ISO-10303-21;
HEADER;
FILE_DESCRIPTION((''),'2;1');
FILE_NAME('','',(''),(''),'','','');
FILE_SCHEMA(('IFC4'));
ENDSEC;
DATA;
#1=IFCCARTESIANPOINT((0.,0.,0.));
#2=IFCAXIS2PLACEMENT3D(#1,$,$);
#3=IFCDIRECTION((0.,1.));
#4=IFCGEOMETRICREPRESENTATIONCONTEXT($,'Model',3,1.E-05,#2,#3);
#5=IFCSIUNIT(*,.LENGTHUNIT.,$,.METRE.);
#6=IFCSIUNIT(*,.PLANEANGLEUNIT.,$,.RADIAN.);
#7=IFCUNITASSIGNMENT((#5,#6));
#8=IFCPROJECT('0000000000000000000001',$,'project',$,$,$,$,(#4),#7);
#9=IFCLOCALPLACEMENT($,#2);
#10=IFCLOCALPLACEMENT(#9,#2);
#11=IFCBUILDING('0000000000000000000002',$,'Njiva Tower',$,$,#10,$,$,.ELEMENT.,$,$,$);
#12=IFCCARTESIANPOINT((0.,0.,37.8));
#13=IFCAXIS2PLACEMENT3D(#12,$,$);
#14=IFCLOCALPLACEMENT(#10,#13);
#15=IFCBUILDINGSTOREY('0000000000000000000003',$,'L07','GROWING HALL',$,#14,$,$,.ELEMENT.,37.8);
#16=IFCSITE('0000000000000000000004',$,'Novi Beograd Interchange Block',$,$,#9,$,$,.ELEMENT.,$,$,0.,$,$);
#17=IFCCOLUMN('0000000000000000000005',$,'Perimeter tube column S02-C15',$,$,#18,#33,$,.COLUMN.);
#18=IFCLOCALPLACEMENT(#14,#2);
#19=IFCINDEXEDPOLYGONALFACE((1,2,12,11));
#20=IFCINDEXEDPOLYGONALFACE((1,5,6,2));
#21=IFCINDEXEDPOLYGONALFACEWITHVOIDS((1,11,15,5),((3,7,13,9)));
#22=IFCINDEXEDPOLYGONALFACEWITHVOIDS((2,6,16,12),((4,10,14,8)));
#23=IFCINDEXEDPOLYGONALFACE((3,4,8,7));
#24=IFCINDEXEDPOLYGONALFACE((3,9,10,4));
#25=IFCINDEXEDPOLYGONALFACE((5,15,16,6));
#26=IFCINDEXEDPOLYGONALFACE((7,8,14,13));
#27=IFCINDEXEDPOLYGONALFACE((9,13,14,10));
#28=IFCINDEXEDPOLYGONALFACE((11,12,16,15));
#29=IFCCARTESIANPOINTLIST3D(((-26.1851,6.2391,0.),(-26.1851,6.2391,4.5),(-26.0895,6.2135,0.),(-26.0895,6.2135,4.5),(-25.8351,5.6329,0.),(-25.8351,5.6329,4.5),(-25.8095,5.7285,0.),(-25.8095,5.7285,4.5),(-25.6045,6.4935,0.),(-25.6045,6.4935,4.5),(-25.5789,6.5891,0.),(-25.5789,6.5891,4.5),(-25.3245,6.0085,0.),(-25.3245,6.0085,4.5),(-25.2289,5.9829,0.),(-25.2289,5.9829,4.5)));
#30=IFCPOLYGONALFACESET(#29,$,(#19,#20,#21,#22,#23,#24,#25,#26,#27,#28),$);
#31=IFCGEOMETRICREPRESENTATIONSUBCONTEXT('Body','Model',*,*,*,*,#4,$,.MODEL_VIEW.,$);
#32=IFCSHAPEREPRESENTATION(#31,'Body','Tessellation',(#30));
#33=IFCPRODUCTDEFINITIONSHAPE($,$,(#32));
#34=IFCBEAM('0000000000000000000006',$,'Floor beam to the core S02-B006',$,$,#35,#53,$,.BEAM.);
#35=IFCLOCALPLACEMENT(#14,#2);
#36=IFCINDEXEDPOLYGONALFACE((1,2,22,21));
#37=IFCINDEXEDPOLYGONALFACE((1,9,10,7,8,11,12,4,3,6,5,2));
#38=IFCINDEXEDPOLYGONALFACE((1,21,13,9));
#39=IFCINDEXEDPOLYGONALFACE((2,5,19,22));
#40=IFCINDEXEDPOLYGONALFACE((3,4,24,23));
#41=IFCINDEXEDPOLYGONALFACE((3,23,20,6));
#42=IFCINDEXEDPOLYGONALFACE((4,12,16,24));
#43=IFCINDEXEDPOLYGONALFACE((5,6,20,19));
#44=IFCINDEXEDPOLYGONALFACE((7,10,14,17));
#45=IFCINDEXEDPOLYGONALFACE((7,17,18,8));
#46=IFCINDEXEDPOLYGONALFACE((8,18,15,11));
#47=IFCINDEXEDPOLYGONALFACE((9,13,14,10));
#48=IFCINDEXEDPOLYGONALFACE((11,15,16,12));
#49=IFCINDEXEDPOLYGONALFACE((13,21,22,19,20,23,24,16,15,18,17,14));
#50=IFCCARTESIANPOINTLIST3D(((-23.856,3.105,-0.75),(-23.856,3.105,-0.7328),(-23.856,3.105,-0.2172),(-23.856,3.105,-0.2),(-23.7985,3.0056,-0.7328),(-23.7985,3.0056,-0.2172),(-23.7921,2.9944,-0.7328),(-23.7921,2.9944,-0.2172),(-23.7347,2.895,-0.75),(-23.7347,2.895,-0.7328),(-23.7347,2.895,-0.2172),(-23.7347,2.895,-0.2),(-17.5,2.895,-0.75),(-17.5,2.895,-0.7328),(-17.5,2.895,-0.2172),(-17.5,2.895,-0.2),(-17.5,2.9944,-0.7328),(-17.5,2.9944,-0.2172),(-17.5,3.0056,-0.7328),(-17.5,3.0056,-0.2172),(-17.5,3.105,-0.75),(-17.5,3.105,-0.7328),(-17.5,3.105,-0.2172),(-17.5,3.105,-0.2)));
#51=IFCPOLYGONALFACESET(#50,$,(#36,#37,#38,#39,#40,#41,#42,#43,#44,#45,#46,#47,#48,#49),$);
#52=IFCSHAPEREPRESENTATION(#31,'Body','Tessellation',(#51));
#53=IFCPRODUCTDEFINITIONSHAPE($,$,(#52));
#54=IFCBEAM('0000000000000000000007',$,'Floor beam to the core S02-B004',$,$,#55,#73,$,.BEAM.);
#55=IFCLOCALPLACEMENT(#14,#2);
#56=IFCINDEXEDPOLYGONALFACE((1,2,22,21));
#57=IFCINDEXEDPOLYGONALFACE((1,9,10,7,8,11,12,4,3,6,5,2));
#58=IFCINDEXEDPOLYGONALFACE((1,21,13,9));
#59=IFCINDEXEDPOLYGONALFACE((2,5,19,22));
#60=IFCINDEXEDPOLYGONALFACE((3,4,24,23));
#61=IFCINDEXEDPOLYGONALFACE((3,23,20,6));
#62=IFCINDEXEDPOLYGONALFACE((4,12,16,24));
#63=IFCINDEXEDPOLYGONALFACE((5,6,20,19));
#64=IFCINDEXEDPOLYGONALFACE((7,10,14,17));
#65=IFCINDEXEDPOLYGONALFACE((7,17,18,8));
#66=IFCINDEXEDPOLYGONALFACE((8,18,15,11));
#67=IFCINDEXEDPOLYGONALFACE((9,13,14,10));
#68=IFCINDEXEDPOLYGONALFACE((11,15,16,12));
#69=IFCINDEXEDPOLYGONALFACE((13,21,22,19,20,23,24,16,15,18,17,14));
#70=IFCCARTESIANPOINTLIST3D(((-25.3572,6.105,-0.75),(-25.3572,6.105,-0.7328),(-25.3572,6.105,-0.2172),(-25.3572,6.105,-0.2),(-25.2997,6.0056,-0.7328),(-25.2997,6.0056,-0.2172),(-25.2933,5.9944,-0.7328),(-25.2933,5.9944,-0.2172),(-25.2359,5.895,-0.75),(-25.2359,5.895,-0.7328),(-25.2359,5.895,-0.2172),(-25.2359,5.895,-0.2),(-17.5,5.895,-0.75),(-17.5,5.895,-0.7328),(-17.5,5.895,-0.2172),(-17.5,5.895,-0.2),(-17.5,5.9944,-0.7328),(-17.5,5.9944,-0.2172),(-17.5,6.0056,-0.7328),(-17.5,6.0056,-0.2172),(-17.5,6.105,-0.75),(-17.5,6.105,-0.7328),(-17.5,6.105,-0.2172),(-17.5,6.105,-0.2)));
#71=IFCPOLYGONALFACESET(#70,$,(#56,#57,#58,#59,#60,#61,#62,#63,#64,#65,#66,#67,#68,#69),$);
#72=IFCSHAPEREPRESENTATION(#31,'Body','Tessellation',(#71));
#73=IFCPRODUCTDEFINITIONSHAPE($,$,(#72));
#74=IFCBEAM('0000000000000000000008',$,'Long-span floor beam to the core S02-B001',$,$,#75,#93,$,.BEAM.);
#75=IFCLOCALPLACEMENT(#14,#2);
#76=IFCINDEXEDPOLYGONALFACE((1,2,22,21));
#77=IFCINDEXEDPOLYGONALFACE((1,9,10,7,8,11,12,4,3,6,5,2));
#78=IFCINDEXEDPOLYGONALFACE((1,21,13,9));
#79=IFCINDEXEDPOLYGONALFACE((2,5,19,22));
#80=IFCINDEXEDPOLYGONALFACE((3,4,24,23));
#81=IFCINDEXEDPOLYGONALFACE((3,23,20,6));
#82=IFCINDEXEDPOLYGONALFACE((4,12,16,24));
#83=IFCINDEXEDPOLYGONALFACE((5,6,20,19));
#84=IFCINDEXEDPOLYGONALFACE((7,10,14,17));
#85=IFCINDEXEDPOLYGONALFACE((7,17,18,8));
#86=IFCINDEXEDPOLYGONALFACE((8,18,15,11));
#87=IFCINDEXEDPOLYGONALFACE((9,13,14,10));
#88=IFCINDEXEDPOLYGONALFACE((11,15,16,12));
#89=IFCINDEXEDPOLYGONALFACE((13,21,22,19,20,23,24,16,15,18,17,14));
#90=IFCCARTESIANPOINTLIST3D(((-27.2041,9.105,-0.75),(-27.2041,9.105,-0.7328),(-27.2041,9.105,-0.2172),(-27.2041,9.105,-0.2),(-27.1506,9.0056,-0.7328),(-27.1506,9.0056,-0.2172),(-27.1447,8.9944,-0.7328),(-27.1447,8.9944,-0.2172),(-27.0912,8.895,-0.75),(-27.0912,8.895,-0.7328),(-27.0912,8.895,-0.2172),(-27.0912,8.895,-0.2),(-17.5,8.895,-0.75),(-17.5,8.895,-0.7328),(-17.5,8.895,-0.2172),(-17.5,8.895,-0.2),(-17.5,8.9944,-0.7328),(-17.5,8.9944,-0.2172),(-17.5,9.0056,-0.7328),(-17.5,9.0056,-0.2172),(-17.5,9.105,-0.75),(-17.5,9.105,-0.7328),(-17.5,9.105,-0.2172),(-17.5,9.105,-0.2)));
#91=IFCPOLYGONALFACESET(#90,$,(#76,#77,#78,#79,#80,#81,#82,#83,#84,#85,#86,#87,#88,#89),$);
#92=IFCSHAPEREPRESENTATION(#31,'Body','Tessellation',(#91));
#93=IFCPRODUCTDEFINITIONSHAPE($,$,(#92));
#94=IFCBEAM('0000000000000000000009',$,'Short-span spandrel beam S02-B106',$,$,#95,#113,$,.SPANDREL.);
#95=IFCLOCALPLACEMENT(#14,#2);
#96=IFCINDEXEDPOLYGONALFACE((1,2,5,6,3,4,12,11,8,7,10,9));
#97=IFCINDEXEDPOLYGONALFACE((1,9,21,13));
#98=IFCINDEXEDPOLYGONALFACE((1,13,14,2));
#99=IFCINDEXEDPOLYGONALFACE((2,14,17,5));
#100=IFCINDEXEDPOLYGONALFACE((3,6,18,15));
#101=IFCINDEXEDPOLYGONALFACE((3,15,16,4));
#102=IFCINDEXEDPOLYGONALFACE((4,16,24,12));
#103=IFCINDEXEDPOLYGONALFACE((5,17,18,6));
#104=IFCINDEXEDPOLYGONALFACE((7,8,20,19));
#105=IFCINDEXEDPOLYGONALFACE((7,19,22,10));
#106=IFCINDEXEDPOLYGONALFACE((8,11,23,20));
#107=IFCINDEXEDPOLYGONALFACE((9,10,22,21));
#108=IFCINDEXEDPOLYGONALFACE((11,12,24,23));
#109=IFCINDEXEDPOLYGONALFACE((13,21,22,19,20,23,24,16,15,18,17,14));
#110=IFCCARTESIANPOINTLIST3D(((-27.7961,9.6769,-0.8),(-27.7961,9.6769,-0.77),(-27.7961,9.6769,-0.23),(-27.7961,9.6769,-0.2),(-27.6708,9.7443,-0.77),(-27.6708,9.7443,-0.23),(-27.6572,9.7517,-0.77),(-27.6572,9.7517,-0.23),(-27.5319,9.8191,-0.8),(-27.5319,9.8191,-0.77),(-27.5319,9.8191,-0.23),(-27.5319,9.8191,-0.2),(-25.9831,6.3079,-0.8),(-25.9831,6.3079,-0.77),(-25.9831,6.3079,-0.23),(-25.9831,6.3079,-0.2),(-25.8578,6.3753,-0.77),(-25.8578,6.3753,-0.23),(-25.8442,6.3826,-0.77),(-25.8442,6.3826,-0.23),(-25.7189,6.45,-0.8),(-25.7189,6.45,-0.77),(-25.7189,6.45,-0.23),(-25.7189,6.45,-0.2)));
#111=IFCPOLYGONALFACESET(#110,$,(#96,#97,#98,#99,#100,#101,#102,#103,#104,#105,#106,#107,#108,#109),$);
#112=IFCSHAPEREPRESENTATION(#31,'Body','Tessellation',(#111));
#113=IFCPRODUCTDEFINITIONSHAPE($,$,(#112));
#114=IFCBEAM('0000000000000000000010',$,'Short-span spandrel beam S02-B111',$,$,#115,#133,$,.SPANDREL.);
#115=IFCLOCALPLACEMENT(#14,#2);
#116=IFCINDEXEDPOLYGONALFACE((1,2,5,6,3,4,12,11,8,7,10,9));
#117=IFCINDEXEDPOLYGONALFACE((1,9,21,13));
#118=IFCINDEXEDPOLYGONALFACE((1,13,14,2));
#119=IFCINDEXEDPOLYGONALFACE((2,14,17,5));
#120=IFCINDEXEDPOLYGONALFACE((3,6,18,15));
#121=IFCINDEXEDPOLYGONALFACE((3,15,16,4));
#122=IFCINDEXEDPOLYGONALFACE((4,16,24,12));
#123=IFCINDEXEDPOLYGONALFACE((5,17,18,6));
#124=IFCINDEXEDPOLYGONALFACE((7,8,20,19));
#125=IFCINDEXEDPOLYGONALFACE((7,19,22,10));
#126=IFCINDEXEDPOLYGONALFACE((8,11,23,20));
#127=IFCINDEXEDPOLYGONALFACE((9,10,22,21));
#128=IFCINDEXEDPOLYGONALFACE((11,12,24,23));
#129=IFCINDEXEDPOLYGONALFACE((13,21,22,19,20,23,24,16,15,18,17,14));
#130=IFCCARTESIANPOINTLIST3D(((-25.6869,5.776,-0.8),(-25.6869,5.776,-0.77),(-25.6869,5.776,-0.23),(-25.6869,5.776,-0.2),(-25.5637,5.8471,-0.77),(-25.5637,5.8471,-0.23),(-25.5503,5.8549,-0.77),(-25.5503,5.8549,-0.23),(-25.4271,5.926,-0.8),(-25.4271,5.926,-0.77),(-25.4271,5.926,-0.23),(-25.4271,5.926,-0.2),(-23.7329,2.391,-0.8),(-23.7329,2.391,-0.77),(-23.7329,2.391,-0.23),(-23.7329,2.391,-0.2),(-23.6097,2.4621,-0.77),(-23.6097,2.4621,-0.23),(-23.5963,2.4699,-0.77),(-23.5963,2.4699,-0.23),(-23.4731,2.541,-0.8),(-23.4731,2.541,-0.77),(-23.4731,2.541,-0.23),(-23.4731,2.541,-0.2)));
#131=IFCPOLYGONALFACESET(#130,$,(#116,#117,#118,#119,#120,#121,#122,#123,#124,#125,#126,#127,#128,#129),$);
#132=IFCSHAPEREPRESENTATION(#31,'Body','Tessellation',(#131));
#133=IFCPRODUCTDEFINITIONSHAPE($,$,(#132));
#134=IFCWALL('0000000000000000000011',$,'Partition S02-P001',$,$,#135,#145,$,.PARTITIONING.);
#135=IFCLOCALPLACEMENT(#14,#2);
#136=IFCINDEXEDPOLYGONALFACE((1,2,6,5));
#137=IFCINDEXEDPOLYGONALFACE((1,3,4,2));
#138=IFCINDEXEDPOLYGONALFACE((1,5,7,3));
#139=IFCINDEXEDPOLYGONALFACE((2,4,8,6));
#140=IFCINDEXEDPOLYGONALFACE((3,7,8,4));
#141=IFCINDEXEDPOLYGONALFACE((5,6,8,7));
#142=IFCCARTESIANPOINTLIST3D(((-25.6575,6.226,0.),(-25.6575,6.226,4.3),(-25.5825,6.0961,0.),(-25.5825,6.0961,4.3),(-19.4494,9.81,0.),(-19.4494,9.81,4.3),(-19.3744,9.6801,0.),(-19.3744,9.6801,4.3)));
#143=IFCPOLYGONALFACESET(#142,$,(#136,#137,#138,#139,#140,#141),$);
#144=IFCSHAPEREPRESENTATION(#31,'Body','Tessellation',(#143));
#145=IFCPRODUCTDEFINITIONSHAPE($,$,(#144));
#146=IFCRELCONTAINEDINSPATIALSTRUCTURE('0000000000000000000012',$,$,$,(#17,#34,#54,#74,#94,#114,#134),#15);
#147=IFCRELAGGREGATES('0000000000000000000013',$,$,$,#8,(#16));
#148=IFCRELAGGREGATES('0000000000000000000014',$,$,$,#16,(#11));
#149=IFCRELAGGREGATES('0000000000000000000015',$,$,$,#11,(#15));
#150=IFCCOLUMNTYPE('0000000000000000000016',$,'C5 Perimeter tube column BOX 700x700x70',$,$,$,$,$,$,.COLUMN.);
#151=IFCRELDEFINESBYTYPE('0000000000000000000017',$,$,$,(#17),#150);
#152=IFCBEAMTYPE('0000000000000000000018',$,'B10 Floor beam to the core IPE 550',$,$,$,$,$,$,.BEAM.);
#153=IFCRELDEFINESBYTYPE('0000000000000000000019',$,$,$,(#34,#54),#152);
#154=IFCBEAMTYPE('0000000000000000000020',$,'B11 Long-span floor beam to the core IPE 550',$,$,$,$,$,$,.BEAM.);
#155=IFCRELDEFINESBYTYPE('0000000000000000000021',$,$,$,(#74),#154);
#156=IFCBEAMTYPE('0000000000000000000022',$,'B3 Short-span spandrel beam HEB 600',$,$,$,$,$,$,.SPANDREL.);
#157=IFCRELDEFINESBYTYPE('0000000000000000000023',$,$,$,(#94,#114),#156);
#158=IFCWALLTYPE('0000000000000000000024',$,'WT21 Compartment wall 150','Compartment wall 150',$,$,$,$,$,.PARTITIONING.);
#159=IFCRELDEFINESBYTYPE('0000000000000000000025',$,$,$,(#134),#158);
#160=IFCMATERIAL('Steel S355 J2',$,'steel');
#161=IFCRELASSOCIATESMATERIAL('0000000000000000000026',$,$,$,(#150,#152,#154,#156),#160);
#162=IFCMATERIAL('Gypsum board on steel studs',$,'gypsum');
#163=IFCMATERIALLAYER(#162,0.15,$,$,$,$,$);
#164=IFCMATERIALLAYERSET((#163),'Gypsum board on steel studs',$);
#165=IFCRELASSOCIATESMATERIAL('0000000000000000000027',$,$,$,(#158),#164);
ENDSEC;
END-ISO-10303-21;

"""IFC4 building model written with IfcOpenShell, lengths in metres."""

from ifc_helpers import new_model, si_unit, direction, frame, frame_2d, origin, origin_2d, place, context, subcontext, project, spatial, rectangle, hollow_rectangle, i_section, extrude, clip, halfspace, material, layer, layer_set, material_profile, profile_set, type_object, element, save


model = new_model("IFC4")

# Units and contexts
model_context = context("Model", 3, precision=1e-05, world=origin(), true_north=direction((0.0, 1.0)))
body_context = subcontext(model_context, "Body", "Model", "MODEL_VIEW")
ifc_project = project(units=[si_unit("LENGTHUNIT", "METRE"), si_unit("PLANEANGLEUNIT", "RADIAN")], contexts=[model_context])

# Site, building, storey
site_placement = place(None, origin())
site = spatial("IfcSite", under=ifc_project, at=site_placement, Name="Novi Beograd Interchange Block", CompositionType="ELEMENT", RefElevation=0.0)
building_placement = place(site_placement, origin())
building = spatial("IfcBuilding", under=site, at=building_placement, Name="Njiva Tower", CompositionType="ELEMENT")
storey_placement = place(building_placement, frame((0.0, 0.0, 37.8)))
storey = spatial("IfcBuildingStorey", under=building, at=storey_placement, Name="L07", Description="GROWING HALL", CompositionType="ELEMENT", Elevation=37.8)

# Column
ifc_material_1 = material(Name="Steel S355 J2", Category="steel")
ifc_material_profile_1 = material_profile(ifc_material_1, hollow_rectangle(XDim=0.7, YDim=0.7, WallThickness=0.07, at=origin_2d()), Name="BOX 700x700x70")
ifc_profile_set_1 = profile_set([ifc_material_profile_1], Name="Steel S355 J2")
column_type = type_object("IfcColumnType", Name="C5 Perimeter tube column BOX 700x700x70", PredefinedType="COLUMN", material=ifc_profile_set_1)
column_placement = place(storey_placement, frame((-25.707, 6.111, 0.0), z_axis=(0.0, 0.0, 1.0), x_axis=(0.5, -0.866025, 0.0)))
element("IfcColumn", 1, at=column_placement, inside=storey, type_object=column_type, Name="Perimeter tube column S02-C15", PredefinedType="COLUMN", context=body_context, shape_type="SweptSolid", body=[
    extrude(hollow_rectangle(XDim=0.7, YDim=0.7, WallThickness=0.07, at=origin_2d()), origin(), (0.0, 0.0, 1.0), 4.5),
])

# Beams
ifc_material_profile_2 = material_profile(ifc_material_1, i_section(OverallWidth=0.21, OverallDepth=0.55, WebThickness=0.0111, FlangeThickness=0.0172, at=origin_2d()), Name="IPE 550")
ifc_profile_set_2 = profile_set([ifc_material_profile_2], Name="Steel S355 J2")
beam_type_1 = type_object("IfcBeamType", Name="B10 Floor beam to the core IPE 550", PredefinedType="BEAM", material=ifc_profile_set_2)
beam_1_placement = place(storey_placement, frame((-23.876, 3.0, -0.475), z_axis=(1.0, 0.0, 0.0), x_axis=(0.0, 1.0, 0.0)))
element("IfcBeam", 2, at=beam_1_placement, inside=storey, type_object=beam_type_1, Name="Floor beam to the core S02-B006", PredefinedType="BEAM", context=body_context, shape_type="Clipping", body=[
    clip(extrude(i_section(OverallWidth=0.21, OverallDepth=0.55, WebThickness=0.0111, FlangeThickness=0.0172, at=origin_2d()), origin(), (0.0, 0.0, 1.0), 6.376), halfspace(frame((-0.025, 0.0, 0.0951), z_axis=(-0.499998, 0.0, -0.866027), x_axis=(0.0, -1.0, 0.0)), False)),
])
beam_2_placement = place(storey_placement, frame((-25.378, 6.0, -0.475), z_axis=(1.0, 0.0, 0.0), x_axis=(0.0, 1.0, 0.0)))
element("IfcBeam", 3, at=beam_2_placement, inside=storey, type_object=beam_type_1, Name="Floor beam to the core S02-B004", PredefinedType="BEAM", context=body_context, shape_type="Clipping", body=[
    clip(extrude(i_section(OverallWidth=0.21, OverallDepth=0.55, WebThickness=0.0111, FlangeThickness=0.0172, at=origin_2d()), origin(), (0.0, 0.0, 1.0), 7.878), halfspace(frame((-0.025, 0.0, 0.0959), z_axis=(-0.499998, 0.0, -0.866027), x_axis=(0.0, -1.0, 0.0)), False)),
])
ifc_material_profile_3 = material_profile(ifc_material_1, i_section(OverallWidth=0.21, OverallDepth=0.55, WebThickness=0.0111, FlangeThickness=0.0172, at=origin_2d()), Name="IPE 550")
ifc_profile_set_3 = profile_set([ifc_material_profile_3], Name="Steel S355 J2")
beam_type_2 = type_object("IfcBeamType", Name="B11 Long-span floor beam to the core IPE 550", PredefinedType="BEAM", material=ifc_profile_set_3)
beam_3_placement = place(storey_placement, frame((-27.224, 9.0, -0.475), z_axis=(1.0, 0.0, 0.0), x_axis=(0.0, 1.0, 0.0)))
element("IfcBeam", 4, at=beam_3_placement, inside=storey, type_object=beam_type_2, Name="Long-span floor beam to the core S02-B001", PredefinedType="BEAM", context=body_context, shape_type="Clipping", body=[
    clip(extrude(i_section(OverallWidth=0.21, OverallDepth=0.55, WebThickness=0.0111, FlangeThickness=0.0172, at=origin_2d()), origin(), (0.0, 0.0, 1.0), 9.724), halfspace(frame((-0.0237, 0.0, 0.0891), z_axis=(-0.473777, 0.0, -0.880645), x_axis=(0.0, -1.0, 0.0)), False)),
])
ifc_material_profile_4 = material_profile(ifc_material_1, i_section(OverallWidth=0.3, OverallDepth=0.6, WebThickness=0.0155, FlangeThickness=0.03, at=origin_2d()), Name="HEB 600")
ifc_profile_set_4 = profile_set([ifc_material_profile_4], Name="Steel S355 J2")
beam_type_3 = type_object("IfcBeamType", Name="B3 Short-span spandrel beam HEB 600", PredefinedType="SPANDREL", material=ifc_profile_set_4)
beam_4_placement = place(storey_placement, frame((-27.664, 9.748, -0.5), z_axis=(0.473882, -0.880589, 0.0), x_axis=(0.880589, 0.473882, 0.0)))
element("IfcBeam", 5, at=beam_4_placement, inside=storey, type_object=beam_type_3, Name="Short-span spandrel beam S02-B106", PredefinedType="SPANDREL", context=body_context, shape_type="SweptSolid", body=[
    extrude(i_section(OverallWidth=0.3, OverallDepth=0.6, WebThickness=0.0155, FlangeThickness=0.03, at=origin_2d()), origin(), (0.0, 0.0, 1.0), 3.8259),
])
beam_5_placement = place(storey_placement, frame((-25.557, 5.851, -0.5), z_axis=(0.499937, -0.866062, 0.0), x_axis=(0.866062, 0.499937, 0.0)))
element("IfcBeam", 6, at=beam_5_placement, inside=storey, type_object=beam_type_3, Name="Short-span spandrel beam S02-B111", PredefinedType="SPANDREL", context=body_context, shape_type="SweptSolid", body=[
    extrude(i_section(OverallWidth=0.3, OverallDepth=0.6, WebThickness=0.0155, FlangeThickness=0.03, at=origin_2d()), origin(), (0.0, 0.0, 1.0), 3.9085),
])

# Wall
ifc_material_2 = material(Name="Gypsum board on steel studs", Category="gypsum")
ifc_layer_1 = layer(ifc_material_2, 0.15)
ifc_layer_set_1 = layer_set([ifc_layer_1], Name="Gypsum board on steel studs")
wall_type_1 = type_object("IfcWallType", Name="WT21 Compartment wall 150", Description="Compartment wall 150", PredefinedType="PARTITIONING", material=ifc_layer_set_1)
wall_1_placement = place(storey_placement, frame((-25.62, 6.161, 0.0), z_axis=(0.0, 0.0, 1.0), x_axis=(0.866037, 0.49998, 0.0)))
element("IfcWall", 7, at=wall_1_placement, inside=storey, type_object=wall_type_1, Name="Partition S02-P001", PredefinedType="PARTITIONING", context=body_context, shape_type="SweptSolid", body=[
    extrude(rectangle(XDim=7.1683, YDim=0.15, at=frame_2d((3.5842, 0.0))), origin(), (0.0, 0.0, 1.0), 4.3),
])

save(model, "model.ifc")
